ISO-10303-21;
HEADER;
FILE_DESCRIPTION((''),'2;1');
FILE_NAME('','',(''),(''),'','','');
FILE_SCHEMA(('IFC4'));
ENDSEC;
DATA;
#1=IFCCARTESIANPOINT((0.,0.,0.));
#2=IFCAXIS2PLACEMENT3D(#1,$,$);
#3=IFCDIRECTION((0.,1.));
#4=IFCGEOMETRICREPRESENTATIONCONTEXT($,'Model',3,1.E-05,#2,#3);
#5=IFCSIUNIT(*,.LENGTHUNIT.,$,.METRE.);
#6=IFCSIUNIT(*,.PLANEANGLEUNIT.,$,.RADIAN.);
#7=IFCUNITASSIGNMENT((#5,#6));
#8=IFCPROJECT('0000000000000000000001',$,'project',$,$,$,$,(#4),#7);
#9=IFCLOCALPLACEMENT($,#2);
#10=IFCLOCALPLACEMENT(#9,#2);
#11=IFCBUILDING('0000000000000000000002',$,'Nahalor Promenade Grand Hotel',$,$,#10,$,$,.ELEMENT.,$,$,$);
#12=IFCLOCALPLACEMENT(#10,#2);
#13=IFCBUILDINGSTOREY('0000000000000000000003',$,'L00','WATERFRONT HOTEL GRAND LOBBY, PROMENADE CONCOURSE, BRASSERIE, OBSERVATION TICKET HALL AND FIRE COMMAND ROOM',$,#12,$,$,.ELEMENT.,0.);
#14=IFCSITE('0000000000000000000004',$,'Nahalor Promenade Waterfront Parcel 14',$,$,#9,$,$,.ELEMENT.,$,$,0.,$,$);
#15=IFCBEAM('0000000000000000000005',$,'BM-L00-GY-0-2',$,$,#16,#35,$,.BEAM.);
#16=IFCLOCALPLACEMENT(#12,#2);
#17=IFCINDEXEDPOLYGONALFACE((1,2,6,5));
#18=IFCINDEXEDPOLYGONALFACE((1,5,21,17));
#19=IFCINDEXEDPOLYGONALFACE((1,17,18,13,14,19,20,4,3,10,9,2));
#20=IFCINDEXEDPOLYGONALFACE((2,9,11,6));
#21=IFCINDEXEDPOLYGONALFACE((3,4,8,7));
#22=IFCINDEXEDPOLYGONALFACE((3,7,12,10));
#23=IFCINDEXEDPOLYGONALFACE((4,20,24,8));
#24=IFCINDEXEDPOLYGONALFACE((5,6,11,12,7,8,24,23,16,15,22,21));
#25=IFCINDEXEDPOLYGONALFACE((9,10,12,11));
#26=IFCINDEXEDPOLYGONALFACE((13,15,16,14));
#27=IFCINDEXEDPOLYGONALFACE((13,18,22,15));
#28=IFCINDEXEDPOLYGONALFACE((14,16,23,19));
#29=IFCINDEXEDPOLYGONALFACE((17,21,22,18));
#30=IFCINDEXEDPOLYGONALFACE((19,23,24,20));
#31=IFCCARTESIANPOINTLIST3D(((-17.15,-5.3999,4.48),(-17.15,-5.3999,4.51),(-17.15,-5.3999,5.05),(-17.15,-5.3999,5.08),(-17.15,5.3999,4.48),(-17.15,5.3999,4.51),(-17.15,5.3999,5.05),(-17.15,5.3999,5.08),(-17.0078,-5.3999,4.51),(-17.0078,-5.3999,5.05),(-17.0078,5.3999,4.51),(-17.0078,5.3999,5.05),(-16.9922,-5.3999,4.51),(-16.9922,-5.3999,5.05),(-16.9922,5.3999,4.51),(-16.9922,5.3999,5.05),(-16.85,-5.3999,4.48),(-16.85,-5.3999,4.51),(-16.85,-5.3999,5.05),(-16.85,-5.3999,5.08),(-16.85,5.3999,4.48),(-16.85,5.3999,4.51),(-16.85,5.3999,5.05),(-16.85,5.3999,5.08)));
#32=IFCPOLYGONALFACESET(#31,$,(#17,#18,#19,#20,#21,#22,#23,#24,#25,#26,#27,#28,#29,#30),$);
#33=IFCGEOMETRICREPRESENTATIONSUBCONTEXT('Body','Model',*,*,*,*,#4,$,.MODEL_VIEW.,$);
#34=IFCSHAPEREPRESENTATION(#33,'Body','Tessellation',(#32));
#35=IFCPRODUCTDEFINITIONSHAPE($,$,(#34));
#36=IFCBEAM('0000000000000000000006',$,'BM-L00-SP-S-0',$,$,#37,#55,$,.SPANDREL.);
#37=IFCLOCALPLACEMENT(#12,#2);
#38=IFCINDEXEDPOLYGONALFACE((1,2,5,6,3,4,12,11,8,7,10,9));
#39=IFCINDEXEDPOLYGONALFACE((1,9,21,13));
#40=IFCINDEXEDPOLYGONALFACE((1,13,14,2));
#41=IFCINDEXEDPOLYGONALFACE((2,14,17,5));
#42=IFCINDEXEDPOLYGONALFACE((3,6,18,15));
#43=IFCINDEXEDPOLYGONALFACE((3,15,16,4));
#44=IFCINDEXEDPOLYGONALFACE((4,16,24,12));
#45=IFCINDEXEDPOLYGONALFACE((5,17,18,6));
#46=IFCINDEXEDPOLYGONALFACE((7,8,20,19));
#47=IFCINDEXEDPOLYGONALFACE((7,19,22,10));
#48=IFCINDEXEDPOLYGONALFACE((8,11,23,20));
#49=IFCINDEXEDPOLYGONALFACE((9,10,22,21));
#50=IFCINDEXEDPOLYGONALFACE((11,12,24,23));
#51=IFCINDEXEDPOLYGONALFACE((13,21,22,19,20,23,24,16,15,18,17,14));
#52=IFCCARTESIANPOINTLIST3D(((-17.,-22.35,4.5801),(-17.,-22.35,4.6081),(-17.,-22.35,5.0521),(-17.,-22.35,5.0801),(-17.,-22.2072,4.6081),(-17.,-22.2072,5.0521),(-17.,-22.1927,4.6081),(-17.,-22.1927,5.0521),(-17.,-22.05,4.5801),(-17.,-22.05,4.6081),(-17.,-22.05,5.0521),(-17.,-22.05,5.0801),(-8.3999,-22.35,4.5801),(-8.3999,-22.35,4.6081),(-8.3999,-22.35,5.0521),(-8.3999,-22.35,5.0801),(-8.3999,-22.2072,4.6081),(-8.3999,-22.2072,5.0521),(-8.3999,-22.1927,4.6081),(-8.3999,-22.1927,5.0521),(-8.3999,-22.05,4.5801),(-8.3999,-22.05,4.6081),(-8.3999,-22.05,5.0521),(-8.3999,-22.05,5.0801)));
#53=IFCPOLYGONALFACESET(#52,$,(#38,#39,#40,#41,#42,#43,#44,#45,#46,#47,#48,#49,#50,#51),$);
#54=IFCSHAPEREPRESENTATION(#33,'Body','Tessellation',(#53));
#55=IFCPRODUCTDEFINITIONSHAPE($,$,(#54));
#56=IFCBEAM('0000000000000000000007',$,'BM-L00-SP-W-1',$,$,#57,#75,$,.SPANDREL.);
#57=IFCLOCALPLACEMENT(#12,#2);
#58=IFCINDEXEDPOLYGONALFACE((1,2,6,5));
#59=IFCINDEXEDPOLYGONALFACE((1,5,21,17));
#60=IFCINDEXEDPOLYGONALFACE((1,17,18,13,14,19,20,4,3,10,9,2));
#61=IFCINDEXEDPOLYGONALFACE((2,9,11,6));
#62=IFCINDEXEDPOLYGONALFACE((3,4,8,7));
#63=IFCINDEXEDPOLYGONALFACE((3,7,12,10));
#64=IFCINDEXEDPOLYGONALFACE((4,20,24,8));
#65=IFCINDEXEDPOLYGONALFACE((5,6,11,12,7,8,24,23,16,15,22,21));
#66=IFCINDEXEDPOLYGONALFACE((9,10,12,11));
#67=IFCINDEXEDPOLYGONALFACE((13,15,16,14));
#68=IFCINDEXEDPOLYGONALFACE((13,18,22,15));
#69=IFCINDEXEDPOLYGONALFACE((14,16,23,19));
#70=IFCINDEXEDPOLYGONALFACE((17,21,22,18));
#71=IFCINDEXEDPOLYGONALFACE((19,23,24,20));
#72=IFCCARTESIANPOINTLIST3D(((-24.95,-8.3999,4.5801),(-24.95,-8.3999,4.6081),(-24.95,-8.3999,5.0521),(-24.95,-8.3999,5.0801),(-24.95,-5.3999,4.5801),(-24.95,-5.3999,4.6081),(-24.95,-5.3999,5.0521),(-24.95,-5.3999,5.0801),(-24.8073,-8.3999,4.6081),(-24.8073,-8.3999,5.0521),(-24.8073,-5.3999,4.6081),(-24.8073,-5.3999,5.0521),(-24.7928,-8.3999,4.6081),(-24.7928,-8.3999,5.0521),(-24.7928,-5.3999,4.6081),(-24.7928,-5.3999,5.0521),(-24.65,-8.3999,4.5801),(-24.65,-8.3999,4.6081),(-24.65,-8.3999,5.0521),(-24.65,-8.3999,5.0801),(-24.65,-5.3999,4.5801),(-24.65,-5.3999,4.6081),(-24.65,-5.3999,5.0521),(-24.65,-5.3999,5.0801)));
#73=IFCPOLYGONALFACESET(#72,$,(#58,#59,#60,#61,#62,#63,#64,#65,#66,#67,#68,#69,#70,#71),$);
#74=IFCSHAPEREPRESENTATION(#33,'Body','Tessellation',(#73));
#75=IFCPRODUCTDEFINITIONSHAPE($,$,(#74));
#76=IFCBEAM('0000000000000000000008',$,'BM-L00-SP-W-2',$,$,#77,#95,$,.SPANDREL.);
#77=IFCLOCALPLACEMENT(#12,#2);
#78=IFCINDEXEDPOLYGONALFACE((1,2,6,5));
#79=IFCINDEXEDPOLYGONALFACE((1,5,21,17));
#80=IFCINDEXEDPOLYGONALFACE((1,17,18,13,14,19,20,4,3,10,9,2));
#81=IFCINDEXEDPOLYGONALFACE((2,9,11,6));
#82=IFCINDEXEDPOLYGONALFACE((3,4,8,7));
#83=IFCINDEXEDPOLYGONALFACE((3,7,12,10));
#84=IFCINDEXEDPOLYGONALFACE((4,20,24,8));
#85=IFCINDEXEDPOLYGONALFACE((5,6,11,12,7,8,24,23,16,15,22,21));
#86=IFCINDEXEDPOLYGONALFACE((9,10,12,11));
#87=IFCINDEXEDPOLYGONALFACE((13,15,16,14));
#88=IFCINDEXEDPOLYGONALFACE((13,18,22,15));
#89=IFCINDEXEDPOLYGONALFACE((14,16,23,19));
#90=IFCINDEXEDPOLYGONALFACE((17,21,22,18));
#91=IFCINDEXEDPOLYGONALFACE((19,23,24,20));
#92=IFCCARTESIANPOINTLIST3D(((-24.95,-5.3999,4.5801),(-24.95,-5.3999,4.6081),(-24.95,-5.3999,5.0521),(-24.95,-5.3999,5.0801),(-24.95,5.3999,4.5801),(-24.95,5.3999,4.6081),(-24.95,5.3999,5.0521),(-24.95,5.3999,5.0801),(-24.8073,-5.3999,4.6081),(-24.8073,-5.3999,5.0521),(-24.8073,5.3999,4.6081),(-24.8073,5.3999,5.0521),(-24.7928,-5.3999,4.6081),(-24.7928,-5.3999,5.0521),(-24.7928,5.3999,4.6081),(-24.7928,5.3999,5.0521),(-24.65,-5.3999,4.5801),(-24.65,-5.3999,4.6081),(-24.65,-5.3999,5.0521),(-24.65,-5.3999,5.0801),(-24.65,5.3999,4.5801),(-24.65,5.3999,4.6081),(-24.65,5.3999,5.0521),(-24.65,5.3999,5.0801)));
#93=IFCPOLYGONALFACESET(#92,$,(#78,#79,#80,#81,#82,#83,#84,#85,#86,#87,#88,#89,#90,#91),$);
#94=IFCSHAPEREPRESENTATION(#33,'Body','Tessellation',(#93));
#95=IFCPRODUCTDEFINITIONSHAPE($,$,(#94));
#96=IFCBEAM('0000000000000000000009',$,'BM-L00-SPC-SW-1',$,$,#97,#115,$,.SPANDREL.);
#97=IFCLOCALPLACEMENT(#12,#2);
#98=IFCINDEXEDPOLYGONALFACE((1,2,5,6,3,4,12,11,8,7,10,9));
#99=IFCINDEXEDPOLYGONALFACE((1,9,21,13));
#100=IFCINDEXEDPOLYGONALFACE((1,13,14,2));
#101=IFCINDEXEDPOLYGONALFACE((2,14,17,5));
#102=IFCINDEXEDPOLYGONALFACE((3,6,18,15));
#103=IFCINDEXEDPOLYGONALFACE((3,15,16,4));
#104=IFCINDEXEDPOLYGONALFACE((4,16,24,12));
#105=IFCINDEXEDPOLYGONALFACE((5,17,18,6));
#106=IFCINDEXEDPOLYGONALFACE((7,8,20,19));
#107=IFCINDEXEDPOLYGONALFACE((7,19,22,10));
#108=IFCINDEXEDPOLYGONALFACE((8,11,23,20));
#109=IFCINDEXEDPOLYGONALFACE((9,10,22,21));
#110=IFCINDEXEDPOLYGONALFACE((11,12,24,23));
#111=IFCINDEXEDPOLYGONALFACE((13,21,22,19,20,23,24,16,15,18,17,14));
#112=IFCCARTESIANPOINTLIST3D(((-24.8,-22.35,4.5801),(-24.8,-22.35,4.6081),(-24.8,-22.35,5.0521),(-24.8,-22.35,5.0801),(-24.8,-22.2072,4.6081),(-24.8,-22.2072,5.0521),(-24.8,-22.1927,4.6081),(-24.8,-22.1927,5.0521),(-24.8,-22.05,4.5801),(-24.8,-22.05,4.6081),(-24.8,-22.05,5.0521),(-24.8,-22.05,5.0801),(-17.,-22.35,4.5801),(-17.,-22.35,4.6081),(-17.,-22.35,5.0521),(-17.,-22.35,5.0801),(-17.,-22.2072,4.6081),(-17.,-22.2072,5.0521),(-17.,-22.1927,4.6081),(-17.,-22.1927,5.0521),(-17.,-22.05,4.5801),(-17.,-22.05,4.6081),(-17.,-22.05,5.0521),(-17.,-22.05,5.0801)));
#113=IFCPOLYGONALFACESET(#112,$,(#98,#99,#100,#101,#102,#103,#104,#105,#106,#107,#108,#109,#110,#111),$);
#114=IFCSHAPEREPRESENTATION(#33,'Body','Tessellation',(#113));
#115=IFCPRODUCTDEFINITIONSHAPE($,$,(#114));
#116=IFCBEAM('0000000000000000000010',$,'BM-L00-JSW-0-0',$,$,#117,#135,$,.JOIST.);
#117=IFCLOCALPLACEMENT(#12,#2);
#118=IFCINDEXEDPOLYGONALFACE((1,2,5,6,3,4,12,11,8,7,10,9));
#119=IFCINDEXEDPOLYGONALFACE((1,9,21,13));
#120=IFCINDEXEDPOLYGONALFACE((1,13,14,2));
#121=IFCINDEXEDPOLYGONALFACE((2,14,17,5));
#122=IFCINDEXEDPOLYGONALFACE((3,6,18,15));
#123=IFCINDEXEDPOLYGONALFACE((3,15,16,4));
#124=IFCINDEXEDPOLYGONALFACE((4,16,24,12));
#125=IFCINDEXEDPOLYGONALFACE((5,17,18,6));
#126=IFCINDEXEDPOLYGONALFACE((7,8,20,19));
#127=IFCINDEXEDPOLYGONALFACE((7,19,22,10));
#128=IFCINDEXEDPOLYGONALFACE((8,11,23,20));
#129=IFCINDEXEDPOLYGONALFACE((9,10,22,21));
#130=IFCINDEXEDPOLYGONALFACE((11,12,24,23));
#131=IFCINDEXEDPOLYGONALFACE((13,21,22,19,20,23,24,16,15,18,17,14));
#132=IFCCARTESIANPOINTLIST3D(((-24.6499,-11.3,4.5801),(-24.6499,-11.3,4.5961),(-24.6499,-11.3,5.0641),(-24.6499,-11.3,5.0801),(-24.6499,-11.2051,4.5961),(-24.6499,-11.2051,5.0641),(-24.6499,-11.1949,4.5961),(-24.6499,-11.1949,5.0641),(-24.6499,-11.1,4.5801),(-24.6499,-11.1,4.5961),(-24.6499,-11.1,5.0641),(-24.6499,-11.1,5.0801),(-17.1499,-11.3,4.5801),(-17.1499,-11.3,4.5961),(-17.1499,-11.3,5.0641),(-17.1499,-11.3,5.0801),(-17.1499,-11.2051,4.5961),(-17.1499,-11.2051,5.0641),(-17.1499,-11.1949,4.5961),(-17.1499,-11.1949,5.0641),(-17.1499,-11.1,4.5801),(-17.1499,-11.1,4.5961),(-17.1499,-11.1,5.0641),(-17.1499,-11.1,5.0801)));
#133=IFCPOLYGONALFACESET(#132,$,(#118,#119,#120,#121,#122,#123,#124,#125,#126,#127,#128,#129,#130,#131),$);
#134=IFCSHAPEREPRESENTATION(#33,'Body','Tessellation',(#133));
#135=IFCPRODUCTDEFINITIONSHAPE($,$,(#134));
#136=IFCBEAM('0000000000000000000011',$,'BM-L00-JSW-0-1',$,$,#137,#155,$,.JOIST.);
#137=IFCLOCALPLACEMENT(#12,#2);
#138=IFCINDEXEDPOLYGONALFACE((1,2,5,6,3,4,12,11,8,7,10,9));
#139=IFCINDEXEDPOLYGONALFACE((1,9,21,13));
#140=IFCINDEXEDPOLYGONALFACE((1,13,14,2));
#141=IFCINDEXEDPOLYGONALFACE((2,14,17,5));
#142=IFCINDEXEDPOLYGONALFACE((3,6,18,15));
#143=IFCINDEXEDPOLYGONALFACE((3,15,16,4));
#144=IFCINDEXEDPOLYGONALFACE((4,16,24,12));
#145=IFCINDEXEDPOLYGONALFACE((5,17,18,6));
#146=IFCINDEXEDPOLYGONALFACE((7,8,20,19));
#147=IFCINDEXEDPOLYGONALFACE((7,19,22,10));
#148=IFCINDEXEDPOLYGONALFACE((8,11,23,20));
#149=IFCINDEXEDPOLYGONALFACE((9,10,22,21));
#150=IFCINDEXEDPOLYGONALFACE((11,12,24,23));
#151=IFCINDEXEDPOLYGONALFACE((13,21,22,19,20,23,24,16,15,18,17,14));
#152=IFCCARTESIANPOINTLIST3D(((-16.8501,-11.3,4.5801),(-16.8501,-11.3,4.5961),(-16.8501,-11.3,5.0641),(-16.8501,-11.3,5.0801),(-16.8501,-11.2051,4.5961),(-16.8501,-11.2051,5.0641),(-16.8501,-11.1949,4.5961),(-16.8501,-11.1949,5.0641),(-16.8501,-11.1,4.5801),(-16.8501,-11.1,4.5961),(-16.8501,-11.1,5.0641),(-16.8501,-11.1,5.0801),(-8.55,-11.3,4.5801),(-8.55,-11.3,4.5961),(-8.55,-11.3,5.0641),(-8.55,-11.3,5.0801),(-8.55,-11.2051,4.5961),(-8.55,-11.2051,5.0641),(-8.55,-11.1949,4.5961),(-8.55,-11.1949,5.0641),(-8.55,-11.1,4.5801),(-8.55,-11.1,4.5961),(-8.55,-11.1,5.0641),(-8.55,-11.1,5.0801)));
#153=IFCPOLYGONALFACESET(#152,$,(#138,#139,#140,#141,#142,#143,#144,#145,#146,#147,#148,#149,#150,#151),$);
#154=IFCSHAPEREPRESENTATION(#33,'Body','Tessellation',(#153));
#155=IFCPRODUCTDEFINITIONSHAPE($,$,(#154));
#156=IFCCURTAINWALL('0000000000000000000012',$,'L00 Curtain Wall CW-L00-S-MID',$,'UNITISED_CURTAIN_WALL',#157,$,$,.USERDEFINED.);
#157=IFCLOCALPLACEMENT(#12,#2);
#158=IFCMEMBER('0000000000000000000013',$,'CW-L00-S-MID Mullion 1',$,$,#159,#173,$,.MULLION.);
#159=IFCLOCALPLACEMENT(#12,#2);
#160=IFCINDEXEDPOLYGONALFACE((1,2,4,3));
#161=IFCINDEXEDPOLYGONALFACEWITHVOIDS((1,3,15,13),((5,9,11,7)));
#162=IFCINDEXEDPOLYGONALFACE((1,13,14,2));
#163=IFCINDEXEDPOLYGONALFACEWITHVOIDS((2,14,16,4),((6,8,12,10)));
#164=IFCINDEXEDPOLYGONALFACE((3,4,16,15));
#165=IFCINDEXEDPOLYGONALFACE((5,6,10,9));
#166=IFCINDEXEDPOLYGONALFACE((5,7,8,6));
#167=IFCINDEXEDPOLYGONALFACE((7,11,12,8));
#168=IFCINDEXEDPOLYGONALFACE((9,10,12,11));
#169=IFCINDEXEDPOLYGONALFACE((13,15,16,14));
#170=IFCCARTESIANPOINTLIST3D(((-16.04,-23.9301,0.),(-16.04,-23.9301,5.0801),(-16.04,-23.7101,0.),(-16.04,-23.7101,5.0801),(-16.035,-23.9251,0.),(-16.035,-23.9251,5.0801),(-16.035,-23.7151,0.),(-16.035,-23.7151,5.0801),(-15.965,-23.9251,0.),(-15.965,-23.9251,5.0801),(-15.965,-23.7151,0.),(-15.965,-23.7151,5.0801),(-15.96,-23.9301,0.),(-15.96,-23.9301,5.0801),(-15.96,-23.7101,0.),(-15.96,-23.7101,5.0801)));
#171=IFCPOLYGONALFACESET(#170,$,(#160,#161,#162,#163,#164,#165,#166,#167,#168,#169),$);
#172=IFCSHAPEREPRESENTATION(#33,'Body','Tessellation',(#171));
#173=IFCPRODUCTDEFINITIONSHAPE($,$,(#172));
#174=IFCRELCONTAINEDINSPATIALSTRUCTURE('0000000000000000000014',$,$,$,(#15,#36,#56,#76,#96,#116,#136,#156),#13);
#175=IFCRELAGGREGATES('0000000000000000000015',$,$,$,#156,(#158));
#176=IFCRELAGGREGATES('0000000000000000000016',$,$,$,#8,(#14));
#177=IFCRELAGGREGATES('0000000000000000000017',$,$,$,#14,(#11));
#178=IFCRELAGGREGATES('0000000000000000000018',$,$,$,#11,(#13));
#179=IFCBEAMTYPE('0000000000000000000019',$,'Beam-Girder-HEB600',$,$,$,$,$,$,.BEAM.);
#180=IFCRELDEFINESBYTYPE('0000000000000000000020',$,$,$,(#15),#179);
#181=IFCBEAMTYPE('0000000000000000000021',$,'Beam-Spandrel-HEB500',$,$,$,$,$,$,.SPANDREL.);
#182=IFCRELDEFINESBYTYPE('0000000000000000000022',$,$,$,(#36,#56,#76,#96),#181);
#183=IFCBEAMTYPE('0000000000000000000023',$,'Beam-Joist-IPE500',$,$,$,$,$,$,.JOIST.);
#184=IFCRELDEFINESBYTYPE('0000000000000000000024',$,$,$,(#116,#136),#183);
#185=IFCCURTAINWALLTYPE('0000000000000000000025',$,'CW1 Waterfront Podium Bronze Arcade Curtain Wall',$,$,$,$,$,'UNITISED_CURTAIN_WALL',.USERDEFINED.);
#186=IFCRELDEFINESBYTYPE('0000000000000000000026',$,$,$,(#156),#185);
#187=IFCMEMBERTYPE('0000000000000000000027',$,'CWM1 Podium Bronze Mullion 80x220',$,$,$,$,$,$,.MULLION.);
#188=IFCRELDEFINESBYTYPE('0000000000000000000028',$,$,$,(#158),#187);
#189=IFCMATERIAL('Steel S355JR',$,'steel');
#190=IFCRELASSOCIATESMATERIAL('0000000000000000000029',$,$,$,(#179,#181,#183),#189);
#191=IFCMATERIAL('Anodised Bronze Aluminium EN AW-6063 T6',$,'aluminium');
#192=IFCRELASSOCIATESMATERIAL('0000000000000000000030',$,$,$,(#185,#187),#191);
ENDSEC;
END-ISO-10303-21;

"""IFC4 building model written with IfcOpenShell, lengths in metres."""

from ifc_helpers import new_model, si_unit, direction, frame, origin, origin_2d, place, context, subcontext, project, spatial, hollow_rectangle, i_section, extrude, source, transform, mapped, material, material_profile, profile_set, type_object, element, aggregate, save


model = new_model("IFC4")

# Units and contexts
model_context = context("Model", 3, precision=1e-05, world=origin(), true_north=direction((0.0, 1.0)))
body_context = subcontext(model_context, "Body", "Model", "MODEL_VIEW")
ifc_project = project(units=[si_unit("LENGTHUNIT", "METRE"), si_unit("PLANEANGLEUNIT", "RADIAN")], contexts=[model_context])

# Site, building, storey
site_placement = place(None, origin())
site = spatial("IfcSite", under=ifc_project, at=site_placement, Name="Nahalor Promenade Waterfront Parcel 14", CompositionType="ELEMENT", RefElevation=0.0)
building_placement = place(site_placement, origin())
building = spatial("IfcBuilding", under=site, at=building_placement, Name="Nahalor Promenade Grand Hotel", CompositionType="ELEMENT")
storey_placement = place(building_placement, origin())
storey = spatial("IfcBuildingStorey", under=building, at=storey_placement, Name="L00", Description="WATERFRONT HOTEL GRAND LOBBY, PROMENADE CONCOURSE, BRASSERIE, OBSERVATION TICKET HALL AND FIRE COMMAND ROOM", CompositionType="ELEMENT", Elevation=0.0)

# Beams
ifc_material_1 = material(Name="Steel S355JR", Category="steel")
ifc_material_profile_1 = material_profile(ifc_material_1, i_section(OverallWidth=0.3, OverallDepth=0.6, WebThickness=0.0155, FlangeThickness=0.03, at=origin_2d()), Name="HEB 600")
ifc_profile_set_1 = profile_set([ifc_material_profile_1], Name="Steel S355JR")
beam_type_1 = type_object("IfcBeamType", Name="Beam-Girder-HEB600", PredefinedType="BEAM", material=ifc_profile_set_1)
shared_shape_1 = source(origin(), body_context, "Body", "SweptSolid", [
    extrude(i_section(OverallWidth=0.3, OverallDepth=0.6, WebThickness=0.0155, FlangeThickness=0.03, at=origin_2d()), origin(), (0.0, 0.0, 1.0), 10.7998),
])
beam_1_placement = place(storey_placement, frame((-17.0, -5.3999, 4.78), z_axis=(0.0, 1.0, 0.0), x_axis=(-1.0, 0.0, 0.0)))
element("IfcBeam", 1, at=beam_1_placement, inside=storey, type_object=beam_type_1, Name="BM-L00-GY-0-2", PredefinedType="BEAM", context=body_context, shape_type="MappedRepresentation", body=[
    mapped(shared_shape_1, transform((0.0, 0.0, 0.0), scale=1.0)),
])
ifc_material_profile_2 = material_profile(ifc_material_1, i_section(OverallWidth=0.3, OverallDepth=0.5, WebThickness=0.0145, FlangeThickness=0.028, at=origin_2d()), Name="HEB 500")
ifc_profile_set_2 = profile_set([ifc_material_profile_2], Name="Steel S355JR")
beam_type_2 = type_object("IfcBeamType", Name="Beam-Spandrel-HEB500", PredefinedType="SPANDREL", material=ifc_profile_set_2)
shared_shape_2 = source(origin(), body_context, "Body", "SweptSolid", [
    extrude(i_section(OverallWidth=0.3, OverallDepth=0.5, WebThickness=0.0145, FlangeThickness=0.028, at=origin_2d()), origin(), (0.0, 0.0, 1.0), 8.6001),
])
beam_2_placement = place(storey_placement, frame((-17.0, -22.2, 4.8301), z_axis=(1.0, 0.0, 0.0), x_axis=(0.0, 1.0, 0.0)))
element("IfcBeam", 2, at=beam_2_placement, inside=storey, type_object=beam_type_2, Name="BM-L00-SP-S-0", PredefinedType="SPANDREL", context=body_context, shape_type="MappedRepresentation", body=[
    mapped(shared_shape_2, transform((0.0, 0.0, 0.0), scale=1.0)),
])
shared_shape_3 = source(origin(), body_context, "Body", "SweptSolid", [
    extrude(i_section(OverallWidth=0.3, OverallDepth=0.5, WebThickness=0.0145, FlangeThickness=0.028, at=origin_2d()), origin(), (0.0, 0.0, 1.0), 3.0),
])
beam_3_placement = place(storey_placement, frame((-24.8, -8.3999, 4.8301), z_axis=(0.0, 1.0, 0.0), x_axis=(-1.0, 0.0, 0.0)))
element("IfcBeam", 3, at=beam_3_placement, inside=storey, type_object=beam_type_2, Name="BM-L00-SP-W-1", PredefinedType="SPANDREL", context=body_context, shape_type="MappedRepresentation", body=[
    mapped(shared_shape_3, transform((0.0, 0.0, 0.0), scale=1.0)),
])
shared_shape_4 = source(origin(), body_context, "Body", "SweptSolid", [
    extrude(i_section(OverallWidth=0.3, OverallDepth=0.5, WebThickness=0.0145, FlangeThickness=0.028, at=origin_2d()), origin(), (0.0, 0.0, 1.0), 10.7998),
])
beam_4_placement = place(storey_placement, frame((-24.8, -5.3999, 4.8301), z_axis=(0.0, 1.0, 0.0), x_axis=(-1.0, 0.0, 0.0)))
element("IfcBeam", 4, at=beam_4_placement, inside=storey, type_object=beam_type_2, Name="BM-L00-SP-W-2", PredefinedType="SPANDREL", context=body_context, shape_type="MappedRepresentation", body=[
    mapped(shared_shape_4, transform((0.0, 0.0, 0.0), scale=1.0)),
])
shared_shape_5 = source(origin(), body_context, "Body", "SweptSolid", [
    extrude(i_section(OverallWidth=0.3, OverallDepth=0.5, WebThickness=0.0145, FlangeThickness=0.028, at=origin_2d()), origin(), (0.0, 0.0, 1.0), 7.8),
])
beam_5_placement = place(storey_placement, frame((-17.0, -22.2, 4.8301), z_axis=(-1.0, 0.0, 0.0), x_axis=(0.0, -1.0, 0.0)))
element("IfcBeam", 5, at=beam_5_placement, inside=storey, type_object=beam_type_2, Name="BM-L00-SPC-SW-1", PredefinedType="SPANDREL", context=body_context, shape_type="MappedRepresentation", body=[
    mapped(shared_shape_5, transform((0.0, 0.0, 0.0), scale=1.0)),
])
ifc_material_profile_3 = material_profile(ifc_material_1, i_section(OverallWidth=0.2, OverallDepth=0.5, WebThickness=0.0102, FlangeThickness=0.016, at=origin_2d()), Name="IPE 500")
ifc_profile_set_3 = profile_set([ifc_material_profile_3], Name="Steel S355JR")
beam_type_3 = type_object("IfcBeamType", Name="Beam-Joist-IPE500", PredefinedType="JOIST", material=ifc_profile_set_3)
shared_shape_6 = source(origin(), body_context, "Body", "SweptSolid", [
    extrude(i_section(OverallWidth=0.2, OverallDepth=0.5, WebThickness=0.0102, FlangeThickness=0.016, at=origin_2d()), origin(), (0.0, 0.0, 1.0), 7.5),
])
beam_6_placement = place(storey_placement, frame((-24.6499, -11.2, 4.8301), z_axis=(1.0, 0.0, 0.0), x_axis=(0.0, 1.0, 0.0)))
element("IfcBeam", 6, at=beam_6_placement, inside=storey, type_object=beam_type_3, Name="BM-L00-JSW-0-0", PredefinedType="JOIST", context=body_context, shape_type="MappedRepresentation", body=[
    mapped(shared_shape_6, transform((0.0, 0.0, 0.0), scale=1.0)),
])
shared_shape_7 = source(origin(), body_context, "Body", "SweptSolid", [
    extrude(i_section(OverallWidth=0.2, OverallDepth=0.5, WebThickness=0.0102, FlangeThickness=0.016, at=origin_2d()), origin(), (0.0, 0.0, 1.0), 8.3),
])
beam_7_placement = place(storey_placement, frame((-16.8501, -11.2, 4.8301), z_axis=(1.0, 0.0, 0.0), x_axis=(0.0, 1.0, 0.0)))
element("IfcBeam", 7, at=beam_7_placement, inside=storey, type_object=beam_type_3, Name="BM-L00-JSW-0-1", PredefinedType="JOIST", context=body_context, shape_type="MappedRepresentation", body=[
    mapped(shared_shape_7, transform((0.0, 0.0, 0.0), scale=1.0)),
])

# Curtain wall, member
ifc_material_2 = material(Name="Anodised Bronze Aluminium EN AW-6063 T6", Category="aluminium")
curtain_wall_type = type_object("IfcCurtainWallType", Name="CW1 Waterfront Podium Bronze Arcade Curtain Wall", ElementType="UNITISED_CURTAIN_WALL", PredefinedType="USERDEFINED", material=ifc_material_2)
curtain_wall_placement = place(storey_placement, origin())
curtain_wall = element("IfcCurtainWall", 8, at=curtain_wall_placement, inside=storey, type_object=curtain_wall_type, Name="L00 Curtain Wall CW-L00-S-MID", ObjectType="UNITISED_CURTAIN_WALL", PredefinedType="USERDEFINED")
ifc_material_profile_4 = material_profile(ifc_material_2, hollow_rectangle(XDim=0.08, YDim=0.22, WallThickness=0.005, at=origin_2d()), Name="CWM 80x220x5")
ifc_profile_set_4 = profile_set([ifc_material_profile_4], Name="Anodised Bronze Aluminium EN AW-6063 T6")
member_type_1 = type_object("IfcMemberType", Name="CWM1 Podium Bronze Mullion 80x220", PredefinedType="MULLION", material=ifc_profile_set_4)
shared_shape_8 = source(origin(), body_context, "Body", "SweptSolid", [
    extrude(hollow_rectangle(XDim=0.08, YDim=0.22, WallThickness=0.005, at=origin_2d()), origin(), (0.0, 0.0, 1.0), 5.0801),
])
member_1_placement = place(storey_placement, frame((-16.0, -23.8201, 0.0), z_axis=(0.0, 0.0, 1.0), x_axis=(1.0, 0.0, 0.0)))
member_1 = element("IfcMember", 9, at=member_1_placement, type_object=member_type_1, Name="CW-L00-S-MID Mullion 1", PredefinedType="MULLION", context=body_context, shape_type="MappedRepresentation", body=[
    mapped(shared_shape_8, transform((0.0, 0.0, 0.0), scale=1.0)),
])
aggregate(curtain_wall, [member_1])

save(model, "model.ifc")
